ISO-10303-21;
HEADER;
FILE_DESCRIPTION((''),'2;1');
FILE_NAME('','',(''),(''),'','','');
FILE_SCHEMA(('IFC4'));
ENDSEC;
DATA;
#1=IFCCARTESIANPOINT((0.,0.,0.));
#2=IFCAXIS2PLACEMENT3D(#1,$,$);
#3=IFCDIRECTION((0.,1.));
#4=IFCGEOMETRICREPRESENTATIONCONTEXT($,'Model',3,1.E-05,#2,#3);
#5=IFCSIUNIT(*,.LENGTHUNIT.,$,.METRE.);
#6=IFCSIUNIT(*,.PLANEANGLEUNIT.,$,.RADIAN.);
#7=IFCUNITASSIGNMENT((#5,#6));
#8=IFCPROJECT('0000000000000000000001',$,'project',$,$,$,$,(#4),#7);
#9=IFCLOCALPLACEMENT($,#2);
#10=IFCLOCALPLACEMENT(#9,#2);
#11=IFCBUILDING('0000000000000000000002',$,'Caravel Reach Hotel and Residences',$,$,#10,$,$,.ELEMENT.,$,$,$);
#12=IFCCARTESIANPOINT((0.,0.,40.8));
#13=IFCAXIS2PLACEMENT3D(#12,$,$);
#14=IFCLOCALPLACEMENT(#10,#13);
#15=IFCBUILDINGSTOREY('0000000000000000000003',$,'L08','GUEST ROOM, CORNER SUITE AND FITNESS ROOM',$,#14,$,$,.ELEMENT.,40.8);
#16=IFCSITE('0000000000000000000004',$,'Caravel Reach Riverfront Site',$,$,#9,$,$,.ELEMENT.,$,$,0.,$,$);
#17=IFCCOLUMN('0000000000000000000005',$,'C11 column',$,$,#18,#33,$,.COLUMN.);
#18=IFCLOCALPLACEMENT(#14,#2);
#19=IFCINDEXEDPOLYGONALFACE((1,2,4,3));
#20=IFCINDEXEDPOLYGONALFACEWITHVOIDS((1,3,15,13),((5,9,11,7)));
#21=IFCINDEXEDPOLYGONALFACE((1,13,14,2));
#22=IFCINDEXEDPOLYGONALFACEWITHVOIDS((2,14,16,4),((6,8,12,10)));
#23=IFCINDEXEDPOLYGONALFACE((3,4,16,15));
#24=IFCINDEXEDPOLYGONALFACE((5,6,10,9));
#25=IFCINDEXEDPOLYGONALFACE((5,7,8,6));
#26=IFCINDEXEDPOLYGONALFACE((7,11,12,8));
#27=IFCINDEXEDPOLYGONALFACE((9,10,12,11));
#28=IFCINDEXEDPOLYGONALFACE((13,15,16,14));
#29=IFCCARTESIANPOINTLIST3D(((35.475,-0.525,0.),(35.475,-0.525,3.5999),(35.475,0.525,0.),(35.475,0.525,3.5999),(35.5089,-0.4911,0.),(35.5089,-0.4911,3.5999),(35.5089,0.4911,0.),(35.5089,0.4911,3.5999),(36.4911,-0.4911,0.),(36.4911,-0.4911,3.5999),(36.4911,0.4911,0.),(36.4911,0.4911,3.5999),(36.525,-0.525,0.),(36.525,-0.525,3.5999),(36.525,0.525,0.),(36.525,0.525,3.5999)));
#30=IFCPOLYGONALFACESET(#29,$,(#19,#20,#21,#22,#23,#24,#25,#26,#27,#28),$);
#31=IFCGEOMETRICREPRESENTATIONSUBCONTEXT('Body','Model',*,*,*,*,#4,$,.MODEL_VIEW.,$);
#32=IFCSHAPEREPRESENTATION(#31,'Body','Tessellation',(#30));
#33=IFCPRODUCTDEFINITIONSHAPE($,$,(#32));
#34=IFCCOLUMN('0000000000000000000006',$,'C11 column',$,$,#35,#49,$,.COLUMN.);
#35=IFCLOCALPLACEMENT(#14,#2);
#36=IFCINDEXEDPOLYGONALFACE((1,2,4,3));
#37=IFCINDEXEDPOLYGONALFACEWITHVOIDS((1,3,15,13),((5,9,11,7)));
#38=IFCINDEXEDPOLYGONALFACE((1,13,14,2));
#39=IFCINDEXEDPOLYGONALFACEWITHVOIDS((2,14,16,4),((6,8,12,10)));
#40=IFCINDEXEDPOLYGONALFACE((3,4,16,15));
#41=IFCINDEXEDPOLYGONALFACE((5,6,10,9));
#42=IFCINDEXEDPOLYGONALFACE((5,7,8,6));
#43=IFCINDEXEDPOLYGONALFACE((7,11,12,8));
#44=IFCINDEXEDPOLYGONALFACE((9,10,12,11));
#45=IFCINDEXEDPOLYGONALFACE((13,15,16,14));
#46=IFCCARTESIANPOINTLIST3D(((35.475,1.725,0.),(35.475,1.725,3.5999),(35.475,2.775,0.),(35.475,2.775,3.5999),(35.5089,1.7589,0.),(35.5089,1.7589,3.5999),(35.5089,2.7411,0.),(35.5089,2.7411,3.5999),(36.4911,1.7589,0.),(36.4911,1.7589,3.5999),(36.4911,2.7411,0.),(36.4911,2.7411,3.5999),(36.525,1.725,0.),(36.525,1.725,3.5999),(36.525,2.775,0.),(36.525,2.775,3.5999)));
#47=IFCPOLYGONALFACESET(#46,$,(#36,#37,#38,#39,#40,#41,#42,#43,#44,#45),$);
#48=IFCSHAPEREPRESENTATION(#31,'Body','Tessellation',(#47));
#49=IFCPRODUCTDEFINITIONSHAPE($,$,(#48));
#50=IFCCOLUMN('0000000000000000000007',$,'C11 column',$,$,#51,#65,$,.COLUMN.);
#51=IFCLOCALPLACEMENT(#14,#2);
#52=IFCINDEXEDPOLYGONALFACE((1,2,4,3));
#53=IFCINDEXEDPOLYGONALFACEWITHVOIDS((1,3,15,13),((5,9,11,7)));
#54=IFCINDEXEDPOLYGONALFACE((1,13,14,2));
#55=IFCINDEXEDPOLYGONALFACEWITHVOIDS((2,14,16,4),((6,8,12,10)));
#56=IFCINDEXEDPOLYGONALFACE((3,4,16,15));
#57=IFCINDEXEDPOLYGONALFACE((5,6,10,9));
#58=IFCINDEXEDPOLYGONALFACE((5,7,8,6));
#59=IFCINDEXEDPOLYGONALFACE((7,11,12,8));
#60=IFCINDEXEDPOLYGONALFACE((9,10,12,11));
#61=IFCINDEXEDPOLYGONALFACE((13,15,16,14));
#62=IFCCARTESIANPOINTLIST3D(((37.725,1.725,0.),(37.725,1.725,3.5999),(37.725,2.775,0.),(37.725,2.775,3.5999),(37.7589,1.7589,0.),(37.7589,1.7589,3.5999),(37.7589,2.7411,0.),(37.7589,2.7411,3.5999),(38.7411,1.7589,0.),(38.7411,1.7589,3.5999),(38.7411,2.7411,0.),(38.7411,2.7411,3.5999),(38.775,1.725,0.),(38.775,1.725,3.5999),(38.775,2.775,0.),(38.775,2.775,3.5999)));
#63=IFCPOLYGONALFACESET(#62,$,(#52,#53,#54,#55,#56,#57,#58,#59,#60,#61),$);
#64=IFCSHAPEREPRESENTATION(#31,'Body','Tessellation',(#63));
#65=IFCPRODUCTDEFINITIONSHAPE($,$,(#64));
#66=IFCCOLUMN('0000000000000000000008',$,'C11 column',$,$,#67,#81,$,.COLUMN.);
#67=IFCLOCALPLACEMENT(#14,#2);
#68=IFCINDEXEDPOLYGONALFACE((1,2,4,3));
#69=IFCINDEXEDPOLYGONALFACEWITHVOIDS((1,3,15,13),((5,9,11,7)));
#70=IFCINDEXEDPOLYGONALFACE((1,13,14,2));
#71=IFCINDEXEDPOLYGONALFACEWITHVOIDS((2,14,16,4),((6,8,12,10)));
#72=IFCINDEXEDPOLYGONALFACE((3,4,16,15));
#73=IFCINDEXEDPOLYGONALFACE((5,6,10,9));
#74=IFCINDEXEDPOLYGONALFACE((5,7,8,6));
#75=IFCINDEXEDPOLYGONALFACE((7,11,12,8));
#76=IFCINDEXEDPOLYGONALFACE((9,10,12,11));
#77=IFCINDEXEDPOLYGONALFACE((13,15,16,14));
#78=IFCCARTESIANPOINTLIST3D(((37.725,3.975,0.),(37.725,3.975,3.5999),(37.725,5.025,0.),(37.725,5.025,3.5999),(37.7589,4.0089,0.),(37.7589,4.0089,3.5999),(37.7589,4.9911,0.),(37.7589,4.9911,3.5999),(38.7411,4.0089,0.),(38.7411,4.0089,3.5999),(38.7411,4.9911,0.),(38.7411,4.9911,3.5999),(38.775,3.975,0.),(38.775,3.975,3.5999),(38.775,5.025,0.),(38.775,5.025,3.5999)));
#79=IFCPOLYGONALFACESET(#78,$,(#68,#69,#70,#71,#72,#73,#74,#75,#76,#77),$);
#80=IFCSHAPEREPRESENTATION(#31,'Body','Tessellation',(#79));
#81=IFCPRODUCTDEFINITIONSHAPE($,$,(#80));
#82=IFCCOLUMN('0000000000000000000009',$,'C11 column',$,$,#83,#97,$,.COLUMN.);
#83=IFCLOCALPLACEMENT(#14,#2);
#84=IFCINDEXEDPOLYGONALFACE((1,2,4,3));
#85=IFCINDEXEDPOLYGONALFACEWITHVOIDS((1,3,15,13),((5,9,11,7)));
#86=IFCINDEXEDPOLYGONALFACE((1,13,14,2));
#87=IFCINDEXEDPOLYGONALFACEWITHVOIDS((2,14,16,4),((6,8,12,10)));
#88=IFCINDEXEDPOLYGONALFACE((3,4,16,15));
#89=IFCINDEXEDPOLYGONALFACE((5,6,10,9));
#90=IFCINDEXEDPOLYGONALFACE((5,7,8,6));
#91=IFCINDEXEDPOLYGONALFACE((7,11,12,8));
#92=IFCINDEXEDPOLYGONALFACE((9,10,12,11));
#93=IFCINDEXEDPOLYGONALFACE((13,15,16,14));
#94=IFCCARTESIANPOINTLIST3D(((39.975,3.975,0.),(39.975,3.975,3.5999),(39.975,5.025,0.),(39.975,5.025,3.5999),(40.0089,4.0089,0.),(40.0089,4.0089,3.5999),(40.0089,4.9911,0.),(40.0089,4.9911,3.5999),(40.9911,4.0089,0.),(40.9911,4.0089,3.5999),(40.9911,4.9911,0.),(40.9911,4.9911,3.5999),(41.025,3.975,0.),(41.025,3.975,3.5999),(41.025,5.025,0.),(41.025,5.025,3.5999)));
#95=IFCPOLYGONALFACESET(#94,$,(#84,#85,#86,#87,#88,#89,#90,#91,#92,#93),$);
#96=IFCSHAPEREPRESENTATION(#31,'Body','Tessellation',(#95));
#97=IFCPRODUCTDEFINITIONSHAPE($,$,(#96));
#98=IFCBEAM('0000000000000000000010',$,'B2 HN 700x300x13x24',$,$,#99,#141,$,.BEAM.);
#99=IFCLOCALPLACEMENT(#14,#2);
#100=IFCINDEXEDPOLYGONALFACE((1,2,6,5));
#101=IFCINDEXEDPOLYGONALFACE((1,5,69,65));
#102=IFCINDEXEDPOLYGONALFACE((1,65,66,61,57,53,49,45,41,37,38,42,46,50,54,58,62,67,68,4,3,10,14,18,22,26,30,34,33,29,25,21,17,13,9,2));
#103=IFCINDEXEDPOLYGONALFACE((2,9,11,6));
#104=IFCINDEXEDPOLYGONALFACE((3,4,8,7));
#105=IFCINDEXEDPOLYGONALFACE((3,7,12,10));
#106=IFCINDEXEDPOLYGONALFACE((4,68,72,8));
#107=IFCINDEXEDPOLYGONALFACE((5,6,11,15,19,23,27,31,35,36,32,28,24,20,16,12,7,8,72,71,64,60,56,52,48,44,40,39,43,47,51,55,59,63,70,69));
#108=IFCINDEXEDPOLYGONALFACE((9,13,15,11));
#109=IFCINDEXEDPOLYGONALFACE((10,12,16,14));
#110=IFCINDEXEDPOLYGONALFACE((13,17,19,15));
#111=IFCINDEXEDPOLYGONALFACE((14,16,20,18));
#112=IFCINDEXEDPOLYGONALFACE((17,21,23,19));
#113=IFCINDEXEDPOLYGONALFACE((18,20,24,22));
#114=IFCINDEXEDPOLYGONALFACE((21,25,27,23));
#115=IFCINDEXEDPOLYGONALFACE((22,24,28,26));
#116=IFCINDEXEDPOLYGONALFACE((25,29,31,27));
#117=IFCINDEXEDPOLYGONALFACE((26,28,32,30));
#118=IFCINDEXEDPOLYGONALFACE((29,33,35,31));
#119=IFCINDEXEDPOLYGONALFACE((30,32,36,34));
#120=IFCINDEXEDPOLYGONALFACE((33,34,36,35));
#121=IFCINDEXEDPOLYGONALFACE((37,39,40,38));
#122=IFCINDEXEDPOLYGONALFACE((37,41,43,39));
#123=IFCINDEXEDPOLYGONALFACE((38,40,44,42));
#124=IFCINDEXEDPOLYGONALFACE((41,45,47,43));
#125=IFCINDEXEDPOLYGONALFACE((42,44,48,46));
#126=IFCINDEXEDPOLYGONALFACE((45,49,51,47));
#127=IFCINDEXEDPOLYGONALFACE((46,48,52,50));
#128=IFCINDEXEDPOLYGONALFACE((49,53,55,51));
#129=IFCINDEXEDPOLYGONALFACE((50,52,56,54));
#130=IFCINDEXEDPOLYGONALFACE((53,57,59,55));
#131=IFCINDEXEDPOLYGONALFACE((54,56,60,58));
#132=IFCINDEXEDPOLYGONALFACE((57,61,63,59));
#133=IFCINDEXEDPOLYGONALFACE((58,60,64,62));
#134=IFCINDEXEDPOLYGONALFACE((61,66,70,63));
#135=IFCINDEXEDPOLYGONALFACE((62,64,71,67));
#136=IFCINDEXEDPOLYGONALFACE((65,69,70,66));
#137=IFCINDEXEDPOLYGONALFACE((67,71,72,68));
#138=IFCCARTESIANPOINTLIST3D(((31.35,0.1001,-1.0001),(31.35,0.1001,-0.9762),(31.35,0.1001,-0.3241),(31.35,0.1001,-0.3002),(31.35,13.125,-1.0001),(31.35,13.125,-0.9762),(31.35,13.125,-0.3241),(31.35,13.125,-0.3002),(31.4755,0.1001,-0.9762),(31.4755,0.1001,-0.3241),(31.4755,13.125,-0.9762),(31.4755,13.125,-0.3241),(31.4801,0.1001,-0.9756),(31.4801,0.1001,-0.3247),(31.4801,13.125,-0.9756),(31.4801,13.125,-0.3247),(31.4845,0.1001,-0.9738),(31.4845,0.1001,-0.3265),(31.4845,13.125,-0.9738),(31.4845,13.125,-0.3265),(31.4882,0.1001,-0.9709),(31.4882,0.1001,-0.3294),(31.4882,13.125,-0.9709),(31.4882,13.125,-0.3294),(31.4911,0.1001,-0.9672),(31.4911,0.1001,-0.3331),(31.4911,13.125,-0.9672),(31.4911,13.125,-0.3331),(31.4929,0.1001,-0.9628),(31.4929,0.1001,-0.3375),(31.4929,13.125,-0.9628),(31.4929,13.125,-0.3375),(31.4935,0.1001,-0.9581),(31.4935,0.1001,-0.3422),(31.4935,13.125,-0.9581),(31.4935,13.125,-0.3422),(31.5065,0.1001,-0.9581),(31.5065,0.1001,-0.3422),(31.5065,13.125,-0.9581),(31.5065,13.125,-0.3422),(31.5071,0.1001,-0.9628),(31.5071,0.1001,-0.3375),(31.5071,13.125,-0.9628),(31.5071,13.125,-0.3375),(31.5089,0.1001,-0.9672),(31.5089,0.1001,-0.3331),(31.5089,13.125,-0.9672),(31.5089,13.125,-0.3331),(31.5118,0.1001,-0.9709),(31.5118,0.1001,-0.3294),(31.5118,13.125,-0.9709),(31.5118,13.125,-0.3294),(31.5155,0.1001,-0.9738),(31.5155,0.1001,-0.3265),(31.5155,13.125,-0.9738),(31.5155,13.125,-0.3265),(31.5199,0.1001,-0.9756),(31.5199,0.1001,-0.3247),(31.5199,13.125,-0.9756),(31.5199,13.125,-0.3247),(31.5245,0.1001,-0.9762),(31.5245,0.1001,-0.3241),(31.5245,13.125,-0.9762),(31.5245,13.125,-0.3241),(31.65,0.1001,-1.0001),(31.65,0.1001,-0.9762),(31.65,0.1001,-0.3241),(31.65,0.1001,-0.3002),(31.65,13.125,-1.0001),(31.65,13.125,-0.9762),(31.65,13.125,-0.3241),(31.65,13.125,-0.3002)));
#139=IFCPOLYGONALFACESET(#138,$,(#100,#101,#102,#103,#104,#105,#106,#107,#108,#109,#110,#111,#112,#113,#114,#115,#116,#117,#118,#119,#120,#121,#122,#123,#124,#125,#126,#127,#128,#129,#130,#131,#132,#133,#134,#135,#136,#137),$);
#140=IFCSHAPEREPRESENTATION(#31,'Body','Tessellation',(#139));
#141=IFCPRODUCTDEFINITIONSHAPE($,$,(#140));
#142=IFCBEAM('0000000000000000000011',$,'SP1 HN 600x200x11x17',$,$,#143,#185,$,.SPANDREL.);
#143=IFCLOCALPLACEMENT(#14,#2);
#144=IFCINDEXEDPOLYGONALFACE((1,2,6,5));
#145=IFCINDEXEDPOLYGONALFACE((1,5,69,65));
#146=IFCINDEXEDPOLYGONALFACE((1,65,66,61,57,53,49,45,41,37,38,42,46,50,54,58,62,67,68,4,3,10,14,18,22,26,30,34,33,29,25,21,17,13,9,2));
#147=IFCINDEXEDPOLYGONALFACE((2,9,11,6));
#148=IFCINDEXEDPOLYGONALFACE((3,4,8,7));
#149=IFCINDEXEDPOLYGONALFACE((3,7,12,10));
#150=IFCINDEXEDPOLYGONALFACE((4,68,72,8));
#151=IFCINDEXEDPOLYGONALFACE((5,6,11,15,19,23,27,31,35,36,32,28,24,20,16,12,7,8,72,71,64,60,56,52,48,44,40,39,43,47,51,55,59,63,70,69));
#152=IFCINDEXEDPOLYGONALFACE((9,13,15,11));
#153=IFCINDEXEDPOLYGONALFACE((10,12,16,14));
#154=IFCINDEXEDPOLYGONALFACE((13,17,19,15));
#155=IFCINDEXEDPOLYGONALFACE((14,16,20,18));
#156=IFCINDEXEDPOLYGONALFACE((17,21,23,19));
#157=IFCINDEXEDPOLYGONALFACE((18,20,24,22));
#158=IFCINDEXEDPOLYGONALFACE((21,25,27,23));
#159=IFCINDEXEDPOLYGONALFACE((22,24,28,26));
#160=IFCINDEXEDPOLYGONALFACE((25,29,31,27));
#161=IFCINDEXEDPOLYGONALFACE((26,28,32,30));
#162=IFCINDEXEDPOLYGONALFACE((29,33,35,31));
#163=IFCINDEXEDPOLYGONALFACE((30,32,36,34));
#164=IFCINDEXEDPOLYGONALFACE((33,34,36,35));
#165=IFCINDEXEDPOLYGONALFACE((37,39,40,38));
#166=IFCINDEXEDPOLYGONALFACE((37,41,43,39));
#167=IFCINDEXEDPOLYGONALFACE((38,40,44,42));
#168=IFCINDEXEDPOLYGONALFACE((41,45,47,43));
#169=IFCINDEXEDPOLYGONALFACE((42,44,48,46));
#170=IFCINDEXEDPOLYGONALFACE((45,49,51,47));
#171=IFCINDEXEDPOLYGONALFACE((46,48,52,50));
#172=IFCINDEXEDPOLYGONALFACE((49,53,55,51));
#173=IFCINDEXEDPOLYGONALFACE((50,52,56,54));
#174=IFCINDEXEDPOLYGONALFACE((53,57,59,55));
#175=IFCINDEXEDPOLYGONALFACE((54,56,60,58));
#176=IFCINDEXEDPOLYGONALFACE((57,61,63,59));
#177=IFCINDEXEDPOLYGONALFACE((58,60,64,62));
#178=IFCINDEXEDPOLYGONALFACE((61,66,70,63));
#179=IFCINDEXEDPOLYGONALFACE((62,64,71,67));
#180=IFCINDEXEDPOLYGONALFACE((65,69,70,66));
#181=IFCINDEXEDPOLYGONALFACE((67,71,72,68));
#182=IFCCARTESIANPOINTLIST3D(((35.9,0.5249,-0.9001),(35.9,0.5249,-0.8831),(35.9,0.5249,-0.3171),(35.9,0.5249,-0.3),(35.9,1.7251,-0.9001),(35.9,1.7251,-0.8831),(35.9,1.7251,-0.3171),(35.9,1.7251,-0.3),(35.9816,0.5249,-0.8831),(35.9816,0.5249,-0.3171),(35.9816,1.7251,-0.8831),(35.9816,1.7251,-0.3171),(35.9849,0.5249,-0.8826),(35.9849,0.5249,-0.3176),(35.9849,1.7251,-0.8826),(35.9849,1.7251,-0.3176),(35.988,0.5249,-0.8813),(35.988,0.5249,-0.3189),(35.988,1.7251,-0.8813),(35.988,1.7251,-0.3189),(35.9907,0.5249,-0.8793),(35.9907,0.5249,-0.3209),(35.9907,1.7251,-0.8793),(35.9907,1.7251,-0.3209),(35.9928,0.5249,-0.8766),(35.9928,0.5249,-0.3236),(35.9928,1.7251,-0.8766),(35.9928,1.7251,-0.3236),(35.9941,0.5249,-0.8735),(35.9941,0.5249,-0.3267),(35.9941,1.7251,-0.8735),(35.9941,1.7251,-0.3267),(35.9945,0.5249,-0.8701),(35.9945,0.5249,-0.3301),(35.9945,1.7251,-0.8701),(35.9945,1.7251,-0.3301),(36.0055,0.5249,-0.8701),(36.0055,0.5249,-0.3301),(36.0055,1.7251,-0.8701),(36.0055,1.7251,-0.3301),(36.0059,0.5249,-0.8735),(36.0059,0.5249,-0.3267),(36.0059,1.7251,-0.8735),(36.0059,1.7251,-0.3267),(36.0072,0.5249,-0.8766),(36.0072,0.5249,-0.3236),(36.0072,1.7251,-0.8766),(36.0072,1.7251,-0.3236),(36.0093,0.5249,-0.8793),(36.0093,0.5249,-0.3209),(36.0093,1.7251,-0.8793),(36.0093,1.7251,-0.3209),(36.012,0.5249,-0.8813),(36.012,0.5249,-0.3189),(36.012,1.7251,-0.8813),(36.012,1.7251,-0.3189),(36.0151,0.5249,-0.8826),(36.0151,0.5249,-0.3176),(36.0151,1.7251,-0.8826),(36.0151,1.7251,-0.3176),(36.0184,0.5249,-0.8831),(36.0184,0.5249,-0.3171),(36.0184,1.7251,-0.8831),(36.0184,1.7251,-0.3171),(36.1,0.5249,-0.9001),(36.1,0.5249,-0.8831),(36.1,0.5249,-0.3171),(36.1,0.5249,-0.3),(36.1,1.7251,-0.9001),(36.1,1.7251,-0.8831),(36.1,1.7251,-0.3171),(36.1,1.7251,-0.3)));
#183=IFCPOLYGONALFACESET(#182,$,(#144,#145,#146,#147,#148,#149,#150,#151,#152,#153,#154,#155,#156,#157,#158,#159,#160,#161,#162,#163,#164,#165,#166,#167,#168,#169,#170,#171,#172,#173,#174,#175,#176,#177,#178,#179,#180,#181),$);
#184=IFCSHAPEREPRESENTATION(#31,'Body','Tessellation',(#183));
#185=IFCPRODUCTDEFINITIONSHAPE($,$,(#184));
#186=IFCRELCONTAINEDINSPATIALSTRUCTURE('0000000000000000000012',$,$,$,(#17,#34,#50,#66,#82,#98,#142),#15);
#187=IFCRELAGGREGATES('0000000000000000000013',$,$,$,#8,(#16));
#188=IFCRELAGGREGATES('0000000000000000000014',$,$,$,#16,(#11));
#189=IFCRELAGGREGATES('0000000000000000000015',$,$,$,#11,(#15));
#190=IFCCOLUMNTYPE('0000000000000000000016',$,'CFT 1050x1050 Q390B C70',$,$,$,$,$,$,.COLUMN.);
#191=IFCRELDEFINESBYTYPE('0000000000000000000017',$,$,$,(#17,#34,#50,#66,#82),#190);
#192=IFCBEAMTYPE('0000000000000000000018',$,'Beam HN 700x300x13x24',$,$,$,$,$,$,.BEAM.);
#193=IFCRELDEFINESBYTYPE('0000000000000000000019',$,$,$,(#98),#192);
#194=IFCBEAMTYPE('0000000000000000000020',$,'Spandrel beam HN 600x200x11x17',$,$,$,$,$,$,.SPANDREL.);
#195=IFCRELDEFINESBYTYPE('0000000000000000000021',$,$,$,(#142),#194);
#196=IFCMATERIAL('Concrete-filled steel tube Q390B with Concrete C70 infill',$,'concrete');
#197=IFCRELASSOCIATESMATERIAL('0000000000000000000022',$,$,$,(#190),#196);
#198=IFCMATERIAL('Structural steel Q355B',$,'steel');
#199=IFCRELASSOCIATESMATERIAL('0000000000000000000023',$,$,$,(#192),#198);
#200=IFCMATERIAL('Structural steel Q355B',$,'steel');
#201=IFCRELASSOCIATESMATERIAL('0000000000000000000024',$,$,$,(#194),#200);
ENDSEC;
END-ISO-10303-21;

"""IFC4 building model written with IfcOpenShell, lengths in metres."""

from ifc_helpers import new_model, si_unit, direction, frame, origin, origin_2d, place, context, subcontext, project, spatial, hollow_rectangle, i_section, extrude, material, material_profile, profile_set, type_object, element, save


model = new_model("IFC4")

# Units and contexts
model_context = context("Model", 3, precision=1e-05, world=origin(), true_north=direction((0.0, 1.0)))
body_context = subcontext(model_context, "Body", "Model", "MODEL_VIEW")
ifc_project = project(units=[si_unit("LENGTHUNIT", "METRE"), si_unit("PLANEANGLEUNIT", "RADIAN")], contexts=[model_context])

# Site, building, storey
site_placement = place(None, origin())
site = spatial("IfcSite", under=ifc_project, at=site_placement, Name="Caravel Reach Riverfront Site", CompositionType="ELEMENT", RefElevation=0.0)
building_placement = place(site_placement, origin())
building = spatial("IfcBuilding", under=site, at=building_placement, Name="Caravel Reach Hotel and Residences", CompositionType="ELEMENT")
storey_placement = place(building_placement, frame((0.0, 0.0, 40.8)))
storey = spatial("IfcBuildingStorey", under=building, at=storey_placement, Name="L08", Description="GUEST ROOM, CORNER SUITE AND FITNESS ROOM", CompositionType="ELEMENT", Elevation=40.8)

# Columns
ifc_material_1 = material(Name="Concrete-filled steel tube Q390B with Concrete C70 infill", Category="concrete")
ifc_material_profile_1 = material_profile(ifc_material_1, hollow_rectangle(XDim=1.05, YDim=1.05, WallThickness=0.0339, at=origin_2d()), Name="RHS 1050x1050x34")
ifc_profile_set_1 = profile_set([ifc_material_profile_1], Name="Concrete-filled steel tube Q390B with Concrete C70 infill")
column_type = type_object("IfcColumnType", Name="CFT 1050x1050 Q390B C70", PredefinedType="COLUMN", material=ifc_profile_set_1)
for number, where, z_axis, x_axis, name in (
    (1, (36.0, 0.0, 0.0), (0.0, 0.0, 1.0), (1.0, 0.0, 0.0), "C11 column"),
    (2, (36.0, 2.25, 0.0), (0.0, 0.0, 1.0), (1.0, 0.0, 0.0), "C11 column"),
    (3, (38.25, 2.25, 0.0), (0.0, 0.0, 1.0), (1.0, 0.0, 0.0), "C11 column"),
    (4, (38.25, 4.5, 0.0), (0.0, 0.0, 1.0), (1.0, 0.0, 0.0), "C11 column"),
    (5, (40.5, 4.5, 0.0), (0.0, 0.0, 1.0), (1.0, 0.0, 0.0), "C11 column"),
):
    element("IfcColumn", number, at=place(storey_placement, frame(where, z_axis=z_axis, x_axis=x_axis)), inside=storey, type_object=column_type, Name=name, PredefinedType="COLUMN", context=body_context, shape_type="SweptSolid", body=[
        extrude(hollow_rectangle(XDim=1.05, YDim=1.05, WallThickness=0.0339, at=origin_2d()), origin(), (0.0, 0.0, 1.0), 3.5999),
    ])

# Beams
ifc_material_2 = material(Name="Structural steel Q355B", Category="steel")
ifc_material_profile_2 = material_profile(ifc_material_2, i_section(OverallWidth=0.3, OverallDepth=0.7, WebThickness=0.0129, FlangeThickness=0.0239, FilletRadius=0.0181, at=origin_2d()), Name="HN 700x300x13x24")
ifc_profile_set_2 = profile_set([ifc_material_profile_2], Name="Structural steel Q355B")
beam_type_1 = type_object("IfcBeamType", Name="Beam HN 700x300x13x24", PredefinedType="BEAM", material=ifc_profile_set_2)
beam_1_placement = place(storey_placement, frame((31.5, 13.125, -0.6501), z_axis=(0.0, -1.0, 0.0), x_axis=(1.0, 0.0, 0.0)))
element("IfcBeam", 6, at=beam_1_placement, inside=storey, type_object=beam_type_1, Name="B2 HN 700x300x13x24", PredefinedType="BEAM", context=body_context, shape_type="SweptSolid", body=[
    extrude(i_section(OverallWidth=0.3, OverallDepth=0.7, WebThickness=0.0129, FlangeThickness=0.0239, FilletRadius=0.0181, at=origin_2d()), origin(), (0.0, 0.0, 1.0), 13.0249),
])
ifc_material_3 = material(Name="Structural steel Q355B", Category="steel")
ifc_material_profile_3 = material_profile(ifc_material_3, i_section(OverallWidth=0.2, OverallDepth=0.6001, WebThickness=0.011, FlangeThickness=0.0171, FilletRadius=0.0129, at=origin_2d()), Name="HN 600x200x11x17")
ifc_profile_set_3 = profile_set([ifc_material_profile_3], Name="Structural steel Q355B")
beam_type_2 = type_object("IfcBeamType", Name="Spandrel beam HN 600x200x11x17", PredefinedType="SPANDREL", material=ifc_profile_set_3)
for number, where, z_axis, x_axis, name in (
    (7, (36.0, 0.5249, -0.6001), (0.0, 1.0, 0.0), (-1.0, 0.0, 0.0), "SP1 HN 600x200x11x17"),
):
    element("IfcBeam", number, at=place(storey_placement, frame(where, z_axis=z_axis, x_axis=x_axis)), inside=storey, type_object=beam_type_2, Name=name, PredefinedType="SPANDREL", context=body_context, shape_type="SweptSolid", body=[
        extrude(i_section(OverallWidth=0.2, OverallDepth=0.6001, WebThickness=0.011, FlangeThickness=0.0171, FilletRadius=0.0129, at=origin_2d()), origin(), (0.0, 0.0, 1.0), 1.2002),
    ])

save(model, "model.ifc")
